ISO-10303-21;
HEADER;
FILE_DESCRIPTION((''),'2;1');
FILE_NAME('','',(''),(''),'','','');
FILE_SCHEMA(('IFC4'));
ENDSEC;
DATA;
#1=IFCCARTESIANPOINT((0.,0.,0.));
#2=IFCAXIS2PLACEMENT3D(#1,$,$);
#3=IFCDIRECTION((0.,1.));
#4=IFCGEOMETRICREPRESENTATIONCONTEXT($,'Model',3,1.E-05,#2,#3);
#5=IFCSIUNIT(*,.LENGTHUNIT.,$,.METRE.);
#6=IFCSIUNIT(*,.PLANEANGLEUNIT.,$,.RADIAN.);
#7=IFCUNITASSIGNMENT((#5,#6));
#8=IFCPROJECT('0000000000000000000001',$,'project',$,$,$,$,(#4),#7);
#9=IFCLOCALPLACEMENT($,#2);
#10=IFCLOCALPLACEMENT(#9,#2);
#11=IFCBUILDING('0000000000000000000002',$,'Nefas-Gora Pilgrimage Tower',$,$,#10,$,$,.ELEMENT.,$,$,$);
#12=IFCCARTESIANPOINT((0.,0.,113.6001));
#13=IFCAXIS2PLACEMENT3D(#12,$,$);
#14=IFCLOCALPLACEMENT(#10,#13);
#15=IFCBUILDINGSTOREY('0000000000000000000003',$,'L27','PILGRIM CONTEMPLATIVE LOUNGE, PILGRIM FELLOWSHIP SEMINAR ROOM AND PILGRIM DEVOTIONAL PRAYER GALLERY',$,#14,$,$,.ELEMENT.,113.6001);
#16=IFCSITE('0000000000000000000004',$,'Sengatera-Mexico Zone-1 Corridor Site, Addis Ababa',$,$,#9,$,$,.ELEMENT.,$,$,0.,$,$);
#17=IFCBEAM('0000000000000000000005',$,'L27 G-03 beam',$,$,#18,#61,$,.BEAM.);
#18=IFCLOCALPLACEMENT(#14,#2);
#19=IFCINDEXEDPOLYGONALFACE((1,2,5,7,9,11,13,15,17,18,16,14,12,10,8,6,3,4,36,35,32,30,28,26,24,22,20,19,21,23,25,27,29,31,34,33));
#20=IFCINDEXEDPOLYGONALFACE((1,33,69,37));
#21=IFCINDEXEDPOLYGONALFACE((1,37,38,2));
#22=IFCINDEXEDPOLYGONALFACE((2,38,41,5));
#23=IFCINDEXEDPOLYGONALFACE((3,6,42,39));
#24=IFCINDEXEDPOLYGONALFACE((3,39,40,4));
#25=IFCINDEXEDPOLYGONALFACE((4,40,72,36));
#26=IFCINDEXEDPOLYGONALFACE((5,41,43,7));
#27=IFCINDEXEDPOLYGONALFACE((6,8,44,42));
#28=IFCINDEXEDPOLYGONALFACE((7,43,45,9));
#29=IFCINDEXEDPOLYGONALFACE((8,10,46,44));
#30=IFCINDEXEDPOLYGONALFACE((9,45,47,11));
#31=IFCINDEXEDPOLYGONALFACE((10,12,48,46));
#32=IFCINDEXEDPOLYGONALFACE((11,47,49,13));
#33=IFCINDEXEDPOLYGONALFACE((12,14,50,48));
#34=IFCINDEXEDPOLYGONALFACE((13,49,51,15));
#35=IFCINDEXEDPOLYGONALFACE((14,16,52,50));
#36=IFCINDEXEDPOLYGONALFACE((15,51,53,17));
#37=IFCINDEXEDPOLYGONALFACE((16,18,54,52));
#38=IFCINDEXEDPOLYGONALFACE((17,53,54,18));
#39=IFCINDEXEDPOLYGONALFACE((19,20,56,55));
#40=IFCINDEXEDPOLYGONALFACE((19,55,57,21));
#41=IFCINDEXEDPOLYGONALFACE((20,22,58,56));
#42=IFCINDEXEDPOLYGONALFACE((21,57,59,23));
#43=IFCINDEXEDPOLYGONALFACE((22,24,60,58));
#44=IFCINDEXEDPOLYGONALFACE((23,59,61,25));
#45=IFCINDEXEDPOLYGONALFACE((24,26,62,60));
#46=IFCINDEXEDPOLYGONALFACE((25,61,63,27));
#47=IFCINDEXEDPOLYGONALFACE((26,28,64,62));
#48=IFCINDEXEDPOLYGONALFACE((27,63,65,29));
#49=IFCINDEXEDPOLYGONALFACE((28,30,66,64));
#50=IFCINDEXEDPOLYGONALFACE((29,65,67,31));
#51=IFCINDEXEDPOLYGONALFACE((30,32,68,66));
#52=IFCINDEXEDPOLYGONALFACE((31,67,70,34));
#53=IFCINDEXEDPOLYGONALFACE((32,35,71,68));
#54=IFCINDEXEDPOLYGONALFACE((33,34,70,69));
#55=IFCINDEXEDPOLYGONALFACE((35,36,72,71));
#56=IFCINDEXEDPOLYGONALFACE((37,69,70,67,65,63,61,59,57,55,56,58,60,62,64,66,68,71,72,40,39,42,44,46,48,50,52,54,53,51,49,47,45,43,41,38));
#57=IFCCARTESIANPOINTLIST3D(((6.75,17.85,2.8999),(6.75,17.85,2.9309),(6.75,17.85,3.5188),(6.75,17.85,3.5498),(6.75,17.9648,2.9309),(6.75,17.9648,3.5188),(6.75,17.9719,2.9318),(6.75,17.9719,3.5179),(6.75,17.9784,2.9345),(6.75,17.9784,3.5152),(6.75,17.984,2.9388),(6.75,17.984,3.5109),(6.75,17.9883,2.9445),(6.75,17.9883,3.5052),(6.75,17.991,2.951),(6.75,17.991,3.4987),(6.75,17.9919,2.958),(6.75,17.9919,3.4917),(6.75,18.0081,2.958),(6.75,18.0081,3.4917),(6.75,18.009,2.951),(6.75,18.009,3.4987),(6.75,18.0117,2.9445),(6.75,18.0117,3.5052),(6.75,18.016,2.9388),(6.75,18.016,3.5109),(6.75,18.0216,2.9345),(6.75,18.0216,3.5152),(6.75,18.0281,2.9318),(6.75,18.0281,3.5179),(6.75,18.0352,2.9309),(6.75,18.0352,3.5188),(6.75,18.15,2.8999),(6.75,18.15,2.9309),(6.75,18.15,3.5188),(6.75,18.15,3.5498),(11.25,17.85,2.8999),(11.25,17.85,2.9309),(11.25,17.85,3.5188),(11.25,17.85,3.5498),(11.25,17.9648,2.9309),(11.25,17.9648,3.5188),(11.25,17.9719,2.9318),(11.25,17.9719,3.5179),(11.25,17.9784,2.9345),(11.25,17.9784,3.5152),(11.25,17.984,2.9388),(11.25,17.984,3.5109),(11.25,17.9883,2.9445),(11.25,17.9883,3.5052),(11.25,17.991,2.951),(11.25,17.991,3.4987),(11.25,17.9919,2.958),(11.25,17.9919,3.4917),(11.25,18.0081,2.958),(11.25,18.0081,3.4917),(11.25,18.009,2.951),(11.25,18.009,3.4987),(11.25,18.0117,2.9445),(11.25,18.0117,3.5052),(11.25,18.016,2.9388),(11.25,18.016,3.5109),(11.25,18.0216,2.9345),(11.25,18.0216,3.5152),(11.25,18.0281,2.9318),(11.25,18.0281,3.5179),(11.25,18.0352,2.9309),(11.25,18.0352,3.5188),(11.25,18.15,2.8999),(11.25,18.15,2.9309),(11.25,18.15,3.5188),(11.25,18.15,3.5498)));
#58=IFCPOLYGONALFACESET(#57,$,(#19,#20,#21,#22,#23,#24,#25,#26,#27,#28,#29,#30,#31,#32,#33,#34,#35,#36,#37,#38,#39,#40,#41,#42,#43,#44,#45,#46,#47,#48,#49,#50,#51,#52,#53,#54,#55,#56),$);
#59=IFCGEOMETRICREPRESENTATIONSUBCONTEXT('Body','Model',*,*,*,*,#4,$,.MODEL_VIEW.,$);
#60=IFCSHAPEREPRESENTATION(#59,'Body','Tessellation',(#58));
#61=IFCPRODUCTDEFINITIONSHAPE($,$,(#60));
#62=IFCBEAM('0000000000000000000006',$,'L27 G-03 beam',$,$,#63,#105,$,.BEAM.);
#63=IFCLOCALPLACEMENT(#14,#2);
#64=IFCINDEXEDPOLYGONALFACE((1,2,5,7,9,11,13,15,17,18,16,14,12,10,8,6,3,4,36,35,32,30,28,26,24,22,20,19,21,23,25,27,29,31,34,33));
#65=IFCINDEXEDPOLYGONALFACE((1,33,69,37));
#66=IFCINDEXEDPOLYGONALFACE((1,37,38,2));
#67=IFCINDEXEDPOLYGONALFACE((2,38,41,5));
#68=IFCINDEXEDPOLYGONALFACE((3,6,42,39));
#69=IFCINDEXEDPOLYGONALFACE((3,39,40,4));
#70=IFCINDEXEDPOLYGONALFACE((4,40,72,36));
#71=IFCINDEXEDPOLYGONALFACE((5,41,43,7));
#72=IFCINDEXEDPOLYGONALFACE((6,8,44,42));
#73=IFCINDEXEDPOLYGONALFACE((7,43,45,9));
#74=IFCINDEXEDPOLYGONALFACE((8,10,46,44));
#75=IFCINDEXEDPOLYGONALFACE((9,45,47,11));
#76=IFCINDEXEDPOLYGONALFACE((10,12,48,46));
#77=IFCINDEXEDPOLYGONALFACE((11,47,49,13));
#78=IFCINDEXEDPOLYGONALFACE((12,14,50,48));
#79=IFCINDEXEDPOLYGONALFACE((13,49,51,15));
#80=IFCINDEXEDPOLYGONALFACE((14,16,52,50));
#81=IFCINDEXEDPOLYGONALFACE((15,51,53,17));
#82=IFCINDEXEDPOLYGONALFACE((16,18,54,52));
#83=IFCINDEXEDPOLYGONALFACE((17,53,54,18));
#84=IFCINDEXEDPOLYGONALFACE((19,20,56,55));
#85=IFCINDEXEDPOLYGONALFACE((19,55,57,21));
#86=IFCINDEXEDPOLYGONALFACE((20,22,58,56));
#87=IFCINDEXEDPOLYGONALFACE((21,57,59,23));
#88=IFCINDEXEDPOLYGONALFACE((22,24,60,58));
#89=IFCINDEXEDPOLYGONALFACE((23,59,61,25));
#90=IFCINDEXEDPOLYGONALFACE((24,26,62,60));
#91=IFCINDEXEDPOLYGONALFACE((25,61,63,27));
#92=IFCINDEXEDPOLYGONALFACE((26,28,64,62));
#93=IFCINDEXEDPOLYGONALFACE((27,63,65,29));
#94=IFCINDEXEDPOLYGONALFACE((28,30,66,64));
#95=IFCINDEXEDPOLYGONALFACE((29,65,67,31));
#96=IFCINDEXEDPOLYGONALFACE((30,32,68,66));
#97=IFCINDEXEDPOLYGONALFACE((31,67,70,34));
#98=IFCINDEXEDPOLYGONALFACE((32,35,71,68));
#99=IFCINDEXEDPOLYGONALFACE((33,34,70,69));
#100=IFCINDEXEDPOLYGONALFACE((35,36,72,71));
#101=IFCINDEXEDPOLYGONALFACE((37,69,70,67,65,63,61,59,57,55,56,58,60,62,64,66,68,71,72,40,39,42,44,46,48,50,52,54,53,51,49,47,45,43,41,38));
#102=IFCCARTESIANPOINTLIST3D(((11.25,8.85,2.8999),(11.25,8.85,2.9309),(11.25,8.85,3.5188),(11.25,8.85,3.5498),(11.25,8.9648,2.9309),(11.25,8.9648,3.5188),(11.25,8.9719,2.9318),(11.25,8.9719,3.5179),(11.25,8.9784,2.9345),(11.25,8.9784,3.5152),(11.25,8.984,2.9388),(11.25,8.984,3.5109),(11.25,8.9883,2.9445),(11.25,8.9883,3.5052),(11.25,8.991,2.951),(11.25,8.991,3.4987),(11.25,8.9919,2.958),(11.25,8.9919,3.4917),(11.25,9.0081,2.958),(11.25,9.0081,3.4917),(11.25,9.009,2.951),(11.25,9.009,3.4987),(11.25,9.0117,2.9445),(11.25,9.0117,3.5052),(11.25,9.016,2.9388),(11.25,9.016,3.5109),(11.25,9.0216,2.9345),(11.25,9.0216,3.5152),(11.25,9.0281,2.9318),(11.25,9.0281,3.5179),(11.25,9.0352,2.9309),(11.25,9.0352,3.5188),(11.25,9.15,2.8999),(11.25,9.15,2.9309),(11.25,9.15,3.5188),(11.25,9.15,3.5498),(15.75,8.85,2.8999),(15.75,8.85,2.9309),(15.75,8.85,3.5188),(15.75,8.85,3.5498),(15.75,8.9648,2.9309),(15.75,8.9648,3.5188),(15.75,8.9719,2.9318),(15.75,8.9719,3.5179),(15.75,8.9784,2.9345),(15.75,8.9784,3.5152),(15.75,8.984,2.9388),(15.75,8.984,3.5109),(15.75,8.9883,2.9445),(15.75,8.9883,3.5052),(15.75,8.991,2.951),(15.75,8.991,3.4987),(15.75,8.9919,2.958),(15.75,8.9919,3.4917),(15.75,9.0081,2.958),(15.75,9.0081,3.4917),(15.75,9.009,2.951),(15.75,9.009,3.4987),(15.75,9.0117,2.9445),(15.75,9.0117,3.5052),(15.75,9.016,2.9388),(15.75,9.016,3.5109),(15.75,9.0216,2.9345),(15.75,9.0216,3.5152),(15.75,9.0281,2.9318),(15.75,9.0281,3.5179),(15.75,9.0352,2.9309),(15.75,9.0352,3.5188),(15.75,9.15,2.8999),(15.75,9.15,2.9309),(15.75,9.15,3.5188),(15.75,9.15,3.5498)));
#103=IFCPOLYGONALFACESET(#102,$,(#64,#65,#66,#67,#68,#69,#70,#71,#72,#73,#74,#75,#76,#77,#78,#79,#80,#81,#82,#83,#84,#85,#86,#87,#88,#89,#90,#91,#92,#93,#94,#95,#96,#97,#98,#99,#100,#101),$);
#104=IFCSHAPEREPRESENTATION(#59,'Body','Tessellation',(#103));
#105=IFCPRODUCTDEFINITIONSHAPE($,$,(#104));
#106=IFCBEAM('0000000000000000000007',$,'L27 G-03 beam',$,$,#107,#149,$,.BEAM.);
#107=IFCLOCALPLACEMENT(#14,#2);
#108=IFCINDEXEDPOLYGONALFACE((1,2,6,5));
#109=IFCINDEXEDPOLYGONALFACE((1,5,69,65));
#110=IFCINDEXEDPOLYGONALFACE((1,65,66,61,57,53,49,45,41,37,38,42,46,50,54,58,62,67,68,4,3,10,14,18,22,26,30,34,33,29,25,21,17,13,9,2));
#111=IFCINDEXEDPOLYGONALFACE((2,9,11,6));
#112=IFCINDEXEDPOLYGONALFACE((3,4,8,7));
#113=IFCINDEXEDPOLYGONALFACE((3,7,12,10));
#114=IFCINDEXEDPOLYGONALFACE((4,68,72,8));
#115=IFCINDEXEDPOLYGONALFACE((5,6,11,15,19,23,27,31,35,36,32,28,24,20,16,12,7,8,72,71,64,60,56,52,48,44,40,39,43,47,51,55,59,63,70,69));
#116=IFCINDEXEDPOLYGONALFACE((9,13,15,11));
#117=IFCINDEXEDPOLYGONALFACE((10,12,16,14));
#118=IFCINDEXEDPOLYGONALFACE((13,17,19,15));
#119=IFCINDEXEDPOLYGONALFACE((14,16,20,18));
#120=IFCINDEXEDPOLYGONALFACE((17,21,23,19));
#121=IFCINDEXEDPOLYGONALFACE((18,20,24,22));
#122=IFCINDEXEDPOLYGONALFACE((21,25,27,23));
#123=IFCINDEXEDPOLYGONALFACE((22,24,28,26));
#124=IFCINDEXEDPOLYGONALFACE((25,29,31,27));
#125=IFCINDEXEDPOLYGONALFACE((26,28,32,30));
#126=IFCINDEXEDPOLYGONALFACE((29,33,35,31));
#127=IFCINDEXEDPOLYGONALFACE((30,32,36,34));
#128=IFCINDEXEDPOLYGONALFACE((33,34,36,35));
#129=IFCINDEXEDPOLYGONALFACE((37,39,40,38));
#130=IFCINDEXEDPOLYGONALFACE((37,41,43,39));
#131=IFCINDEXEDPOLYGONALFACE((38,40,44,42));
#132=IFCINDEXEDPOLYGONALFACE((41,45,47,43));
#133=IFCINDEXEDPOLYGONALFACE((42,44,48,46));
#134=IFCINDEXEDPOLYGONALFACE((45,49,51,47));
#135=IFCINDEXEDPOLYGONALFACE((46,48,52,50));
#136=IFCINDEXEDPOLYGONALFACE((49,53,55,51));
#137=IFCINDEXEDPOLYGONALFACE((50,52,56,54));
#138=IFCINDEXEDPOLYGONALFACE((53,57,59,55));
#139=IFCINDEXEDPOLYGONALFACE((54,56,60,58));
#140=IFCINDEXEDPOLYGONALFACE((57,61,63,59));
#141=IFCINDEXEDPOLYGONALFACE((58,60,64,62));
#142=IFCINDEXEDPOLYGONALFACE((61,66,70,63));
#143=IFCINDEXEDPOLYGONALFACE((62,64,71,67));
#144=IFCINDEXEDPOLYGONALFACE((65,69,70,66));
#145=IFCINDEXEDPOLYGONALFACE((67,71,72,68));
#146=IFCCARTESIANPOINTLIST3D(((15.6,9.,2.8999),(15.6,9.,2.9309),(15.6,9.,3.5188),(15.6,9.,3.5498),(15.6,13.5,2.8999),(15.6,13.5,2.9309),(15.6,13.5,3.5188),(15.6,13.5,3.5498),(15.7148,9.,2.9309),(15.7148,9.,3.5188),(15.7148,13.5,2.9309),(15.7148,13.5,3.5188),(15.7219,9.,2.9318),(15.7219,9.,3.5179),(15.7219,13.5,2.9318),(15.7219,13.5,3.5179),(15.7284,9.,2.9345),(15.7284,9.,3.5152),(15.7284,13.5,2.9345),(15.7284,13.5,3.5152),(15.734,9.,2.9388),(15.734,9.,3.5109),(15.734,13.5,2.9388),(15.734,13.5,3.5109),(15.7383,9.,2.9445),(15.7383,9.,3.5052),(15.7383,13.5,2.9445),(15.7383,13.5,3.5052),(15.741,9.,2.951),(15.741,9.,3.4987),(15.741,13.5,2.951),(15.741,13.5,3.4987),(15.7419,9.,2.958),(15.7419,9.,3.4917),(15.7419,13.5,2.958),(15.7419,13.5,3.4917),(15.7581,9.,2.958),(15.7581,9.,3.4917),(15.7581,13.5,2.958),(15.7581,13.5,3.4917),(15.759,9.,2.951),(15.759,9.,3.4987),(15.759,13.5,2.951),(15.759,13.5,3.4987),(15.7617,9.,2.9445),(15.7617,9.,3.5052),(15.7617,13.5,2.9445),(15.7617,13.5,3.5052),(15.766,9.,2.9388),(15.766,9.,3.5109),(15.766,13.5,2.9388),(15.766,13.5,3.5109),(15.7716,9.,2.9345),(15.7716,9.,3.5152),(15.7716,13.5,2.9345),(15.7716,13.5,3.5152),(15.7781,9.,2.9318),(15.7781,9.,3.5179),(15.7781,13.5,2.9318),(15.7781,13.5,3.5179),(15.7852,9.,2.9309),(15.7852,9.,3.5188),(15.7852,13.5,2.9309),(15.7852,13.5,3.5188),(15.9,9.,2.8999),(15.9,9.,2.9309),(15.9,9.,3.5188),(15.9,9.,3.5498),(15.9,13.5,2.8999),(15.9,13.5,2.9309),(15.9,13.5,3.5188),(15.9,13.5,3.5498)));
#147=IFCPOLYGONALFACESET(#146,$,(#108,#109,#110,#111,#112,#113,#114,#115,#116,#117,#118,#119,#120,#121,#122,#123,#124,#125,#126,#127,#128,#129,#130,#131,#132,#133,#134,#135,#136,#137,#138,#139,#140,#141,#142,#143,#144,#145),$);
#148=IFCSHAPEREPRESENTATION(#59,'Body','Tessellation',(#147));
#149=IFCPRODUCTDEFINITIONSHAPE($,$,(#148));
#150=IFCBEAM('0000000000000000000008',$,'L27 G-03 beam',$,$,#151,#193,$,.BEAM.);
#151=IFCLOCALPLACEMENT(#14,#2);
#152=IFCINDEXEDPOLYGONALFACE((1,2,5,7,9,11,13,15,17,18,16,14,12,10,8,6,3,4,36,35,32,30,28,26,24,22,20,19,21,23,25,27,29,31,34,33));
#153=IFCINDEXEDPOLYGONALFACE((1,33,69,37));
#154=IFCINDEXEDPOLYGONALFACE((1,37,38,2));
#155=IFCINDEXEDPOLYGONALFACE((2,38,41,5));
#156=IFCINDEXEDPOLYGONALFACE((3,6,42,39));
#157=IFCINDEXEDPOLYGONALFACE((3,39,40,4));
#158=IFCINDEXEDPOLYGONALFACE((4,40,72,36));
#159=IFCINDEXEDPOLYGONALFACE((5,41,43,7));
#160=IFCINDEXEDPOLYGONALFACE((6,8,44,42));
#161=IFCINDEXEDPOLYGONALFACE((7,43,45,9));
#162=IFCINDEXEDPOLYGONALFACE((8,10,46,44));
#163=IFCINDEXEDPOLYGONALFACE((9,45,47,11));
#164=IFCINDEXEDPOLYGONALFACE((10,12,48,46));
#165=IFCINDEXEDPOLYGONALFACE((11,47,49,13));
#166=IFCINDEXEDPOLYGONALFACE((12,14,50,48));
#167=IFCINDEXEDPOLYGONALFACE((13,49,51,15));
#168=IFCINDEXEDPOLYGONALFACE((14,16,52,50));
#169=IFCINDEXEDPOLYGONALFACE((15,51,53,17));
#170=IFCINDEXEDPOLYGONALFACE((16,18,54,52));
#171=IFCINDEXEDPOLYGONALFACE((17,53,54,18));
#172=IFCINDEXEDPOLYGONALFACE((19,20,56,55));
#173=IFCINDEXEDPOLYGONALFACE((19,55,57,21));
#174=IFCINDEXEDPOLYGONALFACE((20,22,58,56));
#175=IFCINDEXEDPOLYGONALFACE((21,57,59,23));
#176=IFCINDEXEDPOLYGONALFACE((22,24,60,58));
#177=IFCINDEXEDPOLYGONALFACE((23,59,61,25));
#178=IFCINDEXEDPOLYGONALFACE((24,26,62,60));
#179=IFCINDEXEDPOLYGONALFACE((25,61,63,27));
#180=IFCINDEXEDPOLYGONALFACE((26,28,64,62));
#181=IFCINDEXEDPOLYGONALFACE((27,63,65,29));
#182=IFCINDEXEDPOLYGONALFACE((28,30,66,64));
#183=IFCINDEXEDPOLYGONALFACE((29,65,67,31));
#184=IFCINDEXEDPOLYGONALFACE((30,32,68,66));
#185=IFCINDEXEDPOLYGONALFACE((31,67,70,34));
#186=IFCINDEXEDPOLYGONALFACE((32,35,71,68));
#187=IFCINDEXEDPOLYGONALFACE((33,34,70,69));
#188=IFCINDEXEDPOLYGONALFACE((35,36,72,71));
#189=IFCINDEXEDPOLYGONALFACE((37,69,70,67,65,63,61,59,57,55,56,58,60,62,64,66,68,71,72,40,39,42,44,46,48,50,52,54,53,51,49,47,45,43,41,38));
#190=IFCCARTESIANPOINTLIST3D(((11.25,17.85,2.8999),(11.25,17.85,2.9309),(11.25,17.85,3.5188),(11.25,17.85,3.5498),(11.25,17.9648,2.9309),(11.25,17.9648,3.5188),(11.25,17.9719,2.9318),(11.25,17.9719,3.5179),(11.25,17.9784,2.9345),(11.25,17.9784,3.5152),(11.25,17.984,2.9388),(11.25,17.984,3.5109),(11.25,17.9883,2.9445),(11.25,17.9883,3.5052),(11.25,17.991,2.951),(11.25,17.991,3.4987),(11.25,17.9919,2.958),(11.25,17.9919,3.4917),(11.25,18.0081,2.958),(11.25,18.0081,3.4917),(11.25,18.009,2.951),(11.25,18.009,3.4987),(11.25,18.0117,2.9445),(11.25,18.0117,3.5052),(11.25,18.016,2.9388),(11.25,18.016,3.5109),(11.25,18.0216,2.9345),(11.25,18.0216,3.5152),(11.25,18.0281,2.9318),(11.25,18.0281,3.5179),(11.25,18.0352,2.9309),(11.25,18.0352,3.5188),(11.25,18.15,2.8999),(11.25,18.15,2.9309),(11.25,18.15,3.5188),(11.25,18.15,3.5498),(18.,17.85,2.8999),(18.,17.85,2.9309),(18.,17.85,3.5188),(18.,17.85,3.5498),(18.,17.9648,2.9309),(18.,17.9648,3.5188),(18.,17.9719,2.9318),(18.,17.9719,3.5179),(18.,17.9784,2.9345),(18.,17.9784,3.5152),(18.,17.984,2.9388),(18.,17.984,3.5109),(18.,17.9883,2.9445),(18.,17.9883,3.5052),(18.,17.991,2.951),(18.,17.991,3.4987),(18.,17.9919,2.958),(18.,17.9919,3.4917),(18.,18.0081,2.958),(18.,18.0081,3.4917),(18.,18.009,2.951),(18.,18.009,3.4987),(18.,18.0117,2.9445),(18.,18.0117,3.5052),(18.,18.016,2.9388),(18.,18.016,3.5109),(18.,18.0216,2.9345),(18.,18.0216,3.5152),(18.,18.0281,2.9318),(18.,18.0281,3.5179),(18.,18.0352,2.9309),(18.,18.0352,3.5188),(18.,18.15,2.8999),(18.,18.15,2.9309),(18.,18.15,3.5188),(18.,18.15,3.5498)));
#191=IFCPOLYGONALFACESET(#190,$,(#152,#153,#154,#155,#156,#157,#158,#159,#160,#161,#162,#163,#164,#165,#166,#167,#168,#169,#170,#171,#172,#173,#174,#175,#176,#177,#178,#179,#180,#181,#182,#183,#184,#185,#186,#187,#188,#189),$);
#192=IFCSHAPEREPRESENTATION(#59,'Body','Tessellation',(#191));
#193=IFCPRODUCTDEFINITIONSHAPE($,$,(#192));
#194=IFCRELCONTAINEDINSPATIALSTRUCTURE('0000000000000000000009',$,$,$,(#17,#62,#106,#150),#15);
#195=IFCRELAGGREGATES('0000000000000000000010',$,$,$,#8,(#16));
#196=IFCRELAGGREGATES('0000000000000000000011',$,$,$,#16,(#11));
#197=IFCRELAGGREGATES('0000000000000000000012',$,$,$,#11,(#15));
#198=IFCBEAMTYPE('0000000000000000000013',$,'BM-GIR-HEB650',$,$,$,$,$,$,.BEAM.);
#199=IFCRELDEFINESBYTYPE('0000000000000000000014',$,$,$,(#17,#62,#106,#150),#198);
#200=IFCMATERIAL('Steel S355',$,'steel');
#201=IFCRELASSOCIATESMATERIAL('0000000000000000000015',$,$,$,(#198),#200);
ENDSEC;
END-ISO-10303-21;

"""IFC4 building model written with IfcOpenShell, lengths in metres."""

from ifc_helpers import new_model, si_unit, direction, frame, origin, origin_2d, place, context, subcontext, project, spatial, i_section, extrude, source, transform, mapped, material, material_profile, profile_set, type_object, element, save


model = new_model("IFC4")

# Units and contexts
model_context = context("Model", 3, precision=1e-05, world=origin(), true_north=direction((0.0, 1.0)))
body_context = subcontext(model_context, "Body", "Model", "MODEL_VIEW")
ifc_project = project(units=[si_unit("LENGTHUNIT", "METRE"), si_unit("PLANEANGLEUNIT", "RADIAN")], contexts=[model_context])

# Site, building, storey
site_placement = place(None, origin())
site = spatial("IfcSite", under=ifc_project, at=site_placement, Name="Sengatera-Mexico Zone-1 Corridor Site, Addis Ababa", CompositionType="ELEMENT", RefElevation=0.0)
building_placement = place(site_placement, origin())
building = spatial("IfcBuilding", under=site, at=building_placement, Name="Nefas-Gora Pilgrimage Tower", CompositionType="ELEMENT")
storey_placement = place(building_placement, frame((0.0, 0.0, 113.6001)))
storey = spatial("IfcBuildingStorey", under=building, at=storey_placement, Name="L27", Description="PILGRIM CONTEMPLATIVE LOUNGE, PILGRIM FELLOWSHIP SEMINAR ROOM AND PILGRIM DEVOTIONAL PRAYER GALLERY", CompositionType="ELEMENT", Elevation=113.6001)

# Beams
ifc_material_1 = material(Name="Steel S355", Category="steel")
ifc_material_profile_1 = material_profile(ifc_material_1, i_section(OverallWidth=0.3, OverallDepth=0.6499, WebThickness=0.0161, FlangeThickness=0.031, FilletRadius=0.0271, at=origin_2d()), Name="HEB 650")
ifc_profile_set_1 = profile_set([ifc_material_profile_1], Name="Steel S355")
beam_type_1 = type_object("IfcBeamType", Name="BM-GIR-HEB650", PredefinedType="BEAM", material=ifc_profile_set_1)
shared_shape_1 = source(origin(), body_context, "Body", "SweptSolid", [
    extrude(i_section(OverallWidth=0.3, OverallDepth=0.6499, WebThickness=0.0161, FlangeThickness=0.031, FilletRadius=0.0271, at=origin_2d()), origin(), (0.0, 0.0, 1.0), 4.5),
])
for number, where, z_axis, x_axis, name in (
    (1, (6.75, 18.0, 3.2249), (1.0, 0.0, 0.0), (0.0, 1.0, 0.0), "L27 G-03 beam"),
    (2, (11.25, 9.0, 3.2249), (1.0, 0.0, 0.0), (0.0, 1.0, 0.0), "L27 G-03 beam"),
    (3, (15.75, 9.0, 3.2249), (0.0, 1.0, 0.0), (-1.0, 0.0, 0.0), "L27 G-03 beam"),
):
    element("IfcBeam", number, at=place(storey_placement, frame(where, z_axis=z_axis, x_axis=x_axis)), inside=storey, type_object=beam_type_1, Name=name, PredefinedType="BEAM", context=body_context, shape_type="MappedRepresentation", body=[
        mapped(shared_shape_1, transform((0.0, 0.0, 0.0), x_axis=(1.0, 0.0, 0.0), y_axis=(0.0, 1.0, 0.0), z_axis=(0.0, 0.0, 1.0), scale=1.0)),
    ])
shared_shape_2 = source(origin(), body_context, "Body", "SweptSolid", [
    extrude(i_section(OverallWidth=0.3, OverallDepth=0.6499, WebThickness=0.0161, FlangeThickness=0.031, FilletRadius=0.0271, at=origin_2d()), origin(), (0.0, 0.0, 1.0), 6.75),
])
beam_1_placement = place(storey_placement, frame((11.25, 18.0, 3.2249), z_axis=(1.0, 0.0, 0.0), x_axis=(0.0, 1.0, 0.0)))
element("IfcBeam", 4, at=beam_1_placement, inside=storey, type_object=beam_type_1, Name="L27 G-03 beam", PredefinedType="BEAM", context=body_context, shape_type="MappedRepresentation", body=[
    mapped(shared_shape_2, transform((0.0, 0.0, 0.0), x_axis=(1.0, 0.0, 0.0), y_axis=(0.0, 1.0, 0.0), z_axis=(0.0, 0.0, 1.0), scale=1.0)),
])

save(model, "model.ifc")
